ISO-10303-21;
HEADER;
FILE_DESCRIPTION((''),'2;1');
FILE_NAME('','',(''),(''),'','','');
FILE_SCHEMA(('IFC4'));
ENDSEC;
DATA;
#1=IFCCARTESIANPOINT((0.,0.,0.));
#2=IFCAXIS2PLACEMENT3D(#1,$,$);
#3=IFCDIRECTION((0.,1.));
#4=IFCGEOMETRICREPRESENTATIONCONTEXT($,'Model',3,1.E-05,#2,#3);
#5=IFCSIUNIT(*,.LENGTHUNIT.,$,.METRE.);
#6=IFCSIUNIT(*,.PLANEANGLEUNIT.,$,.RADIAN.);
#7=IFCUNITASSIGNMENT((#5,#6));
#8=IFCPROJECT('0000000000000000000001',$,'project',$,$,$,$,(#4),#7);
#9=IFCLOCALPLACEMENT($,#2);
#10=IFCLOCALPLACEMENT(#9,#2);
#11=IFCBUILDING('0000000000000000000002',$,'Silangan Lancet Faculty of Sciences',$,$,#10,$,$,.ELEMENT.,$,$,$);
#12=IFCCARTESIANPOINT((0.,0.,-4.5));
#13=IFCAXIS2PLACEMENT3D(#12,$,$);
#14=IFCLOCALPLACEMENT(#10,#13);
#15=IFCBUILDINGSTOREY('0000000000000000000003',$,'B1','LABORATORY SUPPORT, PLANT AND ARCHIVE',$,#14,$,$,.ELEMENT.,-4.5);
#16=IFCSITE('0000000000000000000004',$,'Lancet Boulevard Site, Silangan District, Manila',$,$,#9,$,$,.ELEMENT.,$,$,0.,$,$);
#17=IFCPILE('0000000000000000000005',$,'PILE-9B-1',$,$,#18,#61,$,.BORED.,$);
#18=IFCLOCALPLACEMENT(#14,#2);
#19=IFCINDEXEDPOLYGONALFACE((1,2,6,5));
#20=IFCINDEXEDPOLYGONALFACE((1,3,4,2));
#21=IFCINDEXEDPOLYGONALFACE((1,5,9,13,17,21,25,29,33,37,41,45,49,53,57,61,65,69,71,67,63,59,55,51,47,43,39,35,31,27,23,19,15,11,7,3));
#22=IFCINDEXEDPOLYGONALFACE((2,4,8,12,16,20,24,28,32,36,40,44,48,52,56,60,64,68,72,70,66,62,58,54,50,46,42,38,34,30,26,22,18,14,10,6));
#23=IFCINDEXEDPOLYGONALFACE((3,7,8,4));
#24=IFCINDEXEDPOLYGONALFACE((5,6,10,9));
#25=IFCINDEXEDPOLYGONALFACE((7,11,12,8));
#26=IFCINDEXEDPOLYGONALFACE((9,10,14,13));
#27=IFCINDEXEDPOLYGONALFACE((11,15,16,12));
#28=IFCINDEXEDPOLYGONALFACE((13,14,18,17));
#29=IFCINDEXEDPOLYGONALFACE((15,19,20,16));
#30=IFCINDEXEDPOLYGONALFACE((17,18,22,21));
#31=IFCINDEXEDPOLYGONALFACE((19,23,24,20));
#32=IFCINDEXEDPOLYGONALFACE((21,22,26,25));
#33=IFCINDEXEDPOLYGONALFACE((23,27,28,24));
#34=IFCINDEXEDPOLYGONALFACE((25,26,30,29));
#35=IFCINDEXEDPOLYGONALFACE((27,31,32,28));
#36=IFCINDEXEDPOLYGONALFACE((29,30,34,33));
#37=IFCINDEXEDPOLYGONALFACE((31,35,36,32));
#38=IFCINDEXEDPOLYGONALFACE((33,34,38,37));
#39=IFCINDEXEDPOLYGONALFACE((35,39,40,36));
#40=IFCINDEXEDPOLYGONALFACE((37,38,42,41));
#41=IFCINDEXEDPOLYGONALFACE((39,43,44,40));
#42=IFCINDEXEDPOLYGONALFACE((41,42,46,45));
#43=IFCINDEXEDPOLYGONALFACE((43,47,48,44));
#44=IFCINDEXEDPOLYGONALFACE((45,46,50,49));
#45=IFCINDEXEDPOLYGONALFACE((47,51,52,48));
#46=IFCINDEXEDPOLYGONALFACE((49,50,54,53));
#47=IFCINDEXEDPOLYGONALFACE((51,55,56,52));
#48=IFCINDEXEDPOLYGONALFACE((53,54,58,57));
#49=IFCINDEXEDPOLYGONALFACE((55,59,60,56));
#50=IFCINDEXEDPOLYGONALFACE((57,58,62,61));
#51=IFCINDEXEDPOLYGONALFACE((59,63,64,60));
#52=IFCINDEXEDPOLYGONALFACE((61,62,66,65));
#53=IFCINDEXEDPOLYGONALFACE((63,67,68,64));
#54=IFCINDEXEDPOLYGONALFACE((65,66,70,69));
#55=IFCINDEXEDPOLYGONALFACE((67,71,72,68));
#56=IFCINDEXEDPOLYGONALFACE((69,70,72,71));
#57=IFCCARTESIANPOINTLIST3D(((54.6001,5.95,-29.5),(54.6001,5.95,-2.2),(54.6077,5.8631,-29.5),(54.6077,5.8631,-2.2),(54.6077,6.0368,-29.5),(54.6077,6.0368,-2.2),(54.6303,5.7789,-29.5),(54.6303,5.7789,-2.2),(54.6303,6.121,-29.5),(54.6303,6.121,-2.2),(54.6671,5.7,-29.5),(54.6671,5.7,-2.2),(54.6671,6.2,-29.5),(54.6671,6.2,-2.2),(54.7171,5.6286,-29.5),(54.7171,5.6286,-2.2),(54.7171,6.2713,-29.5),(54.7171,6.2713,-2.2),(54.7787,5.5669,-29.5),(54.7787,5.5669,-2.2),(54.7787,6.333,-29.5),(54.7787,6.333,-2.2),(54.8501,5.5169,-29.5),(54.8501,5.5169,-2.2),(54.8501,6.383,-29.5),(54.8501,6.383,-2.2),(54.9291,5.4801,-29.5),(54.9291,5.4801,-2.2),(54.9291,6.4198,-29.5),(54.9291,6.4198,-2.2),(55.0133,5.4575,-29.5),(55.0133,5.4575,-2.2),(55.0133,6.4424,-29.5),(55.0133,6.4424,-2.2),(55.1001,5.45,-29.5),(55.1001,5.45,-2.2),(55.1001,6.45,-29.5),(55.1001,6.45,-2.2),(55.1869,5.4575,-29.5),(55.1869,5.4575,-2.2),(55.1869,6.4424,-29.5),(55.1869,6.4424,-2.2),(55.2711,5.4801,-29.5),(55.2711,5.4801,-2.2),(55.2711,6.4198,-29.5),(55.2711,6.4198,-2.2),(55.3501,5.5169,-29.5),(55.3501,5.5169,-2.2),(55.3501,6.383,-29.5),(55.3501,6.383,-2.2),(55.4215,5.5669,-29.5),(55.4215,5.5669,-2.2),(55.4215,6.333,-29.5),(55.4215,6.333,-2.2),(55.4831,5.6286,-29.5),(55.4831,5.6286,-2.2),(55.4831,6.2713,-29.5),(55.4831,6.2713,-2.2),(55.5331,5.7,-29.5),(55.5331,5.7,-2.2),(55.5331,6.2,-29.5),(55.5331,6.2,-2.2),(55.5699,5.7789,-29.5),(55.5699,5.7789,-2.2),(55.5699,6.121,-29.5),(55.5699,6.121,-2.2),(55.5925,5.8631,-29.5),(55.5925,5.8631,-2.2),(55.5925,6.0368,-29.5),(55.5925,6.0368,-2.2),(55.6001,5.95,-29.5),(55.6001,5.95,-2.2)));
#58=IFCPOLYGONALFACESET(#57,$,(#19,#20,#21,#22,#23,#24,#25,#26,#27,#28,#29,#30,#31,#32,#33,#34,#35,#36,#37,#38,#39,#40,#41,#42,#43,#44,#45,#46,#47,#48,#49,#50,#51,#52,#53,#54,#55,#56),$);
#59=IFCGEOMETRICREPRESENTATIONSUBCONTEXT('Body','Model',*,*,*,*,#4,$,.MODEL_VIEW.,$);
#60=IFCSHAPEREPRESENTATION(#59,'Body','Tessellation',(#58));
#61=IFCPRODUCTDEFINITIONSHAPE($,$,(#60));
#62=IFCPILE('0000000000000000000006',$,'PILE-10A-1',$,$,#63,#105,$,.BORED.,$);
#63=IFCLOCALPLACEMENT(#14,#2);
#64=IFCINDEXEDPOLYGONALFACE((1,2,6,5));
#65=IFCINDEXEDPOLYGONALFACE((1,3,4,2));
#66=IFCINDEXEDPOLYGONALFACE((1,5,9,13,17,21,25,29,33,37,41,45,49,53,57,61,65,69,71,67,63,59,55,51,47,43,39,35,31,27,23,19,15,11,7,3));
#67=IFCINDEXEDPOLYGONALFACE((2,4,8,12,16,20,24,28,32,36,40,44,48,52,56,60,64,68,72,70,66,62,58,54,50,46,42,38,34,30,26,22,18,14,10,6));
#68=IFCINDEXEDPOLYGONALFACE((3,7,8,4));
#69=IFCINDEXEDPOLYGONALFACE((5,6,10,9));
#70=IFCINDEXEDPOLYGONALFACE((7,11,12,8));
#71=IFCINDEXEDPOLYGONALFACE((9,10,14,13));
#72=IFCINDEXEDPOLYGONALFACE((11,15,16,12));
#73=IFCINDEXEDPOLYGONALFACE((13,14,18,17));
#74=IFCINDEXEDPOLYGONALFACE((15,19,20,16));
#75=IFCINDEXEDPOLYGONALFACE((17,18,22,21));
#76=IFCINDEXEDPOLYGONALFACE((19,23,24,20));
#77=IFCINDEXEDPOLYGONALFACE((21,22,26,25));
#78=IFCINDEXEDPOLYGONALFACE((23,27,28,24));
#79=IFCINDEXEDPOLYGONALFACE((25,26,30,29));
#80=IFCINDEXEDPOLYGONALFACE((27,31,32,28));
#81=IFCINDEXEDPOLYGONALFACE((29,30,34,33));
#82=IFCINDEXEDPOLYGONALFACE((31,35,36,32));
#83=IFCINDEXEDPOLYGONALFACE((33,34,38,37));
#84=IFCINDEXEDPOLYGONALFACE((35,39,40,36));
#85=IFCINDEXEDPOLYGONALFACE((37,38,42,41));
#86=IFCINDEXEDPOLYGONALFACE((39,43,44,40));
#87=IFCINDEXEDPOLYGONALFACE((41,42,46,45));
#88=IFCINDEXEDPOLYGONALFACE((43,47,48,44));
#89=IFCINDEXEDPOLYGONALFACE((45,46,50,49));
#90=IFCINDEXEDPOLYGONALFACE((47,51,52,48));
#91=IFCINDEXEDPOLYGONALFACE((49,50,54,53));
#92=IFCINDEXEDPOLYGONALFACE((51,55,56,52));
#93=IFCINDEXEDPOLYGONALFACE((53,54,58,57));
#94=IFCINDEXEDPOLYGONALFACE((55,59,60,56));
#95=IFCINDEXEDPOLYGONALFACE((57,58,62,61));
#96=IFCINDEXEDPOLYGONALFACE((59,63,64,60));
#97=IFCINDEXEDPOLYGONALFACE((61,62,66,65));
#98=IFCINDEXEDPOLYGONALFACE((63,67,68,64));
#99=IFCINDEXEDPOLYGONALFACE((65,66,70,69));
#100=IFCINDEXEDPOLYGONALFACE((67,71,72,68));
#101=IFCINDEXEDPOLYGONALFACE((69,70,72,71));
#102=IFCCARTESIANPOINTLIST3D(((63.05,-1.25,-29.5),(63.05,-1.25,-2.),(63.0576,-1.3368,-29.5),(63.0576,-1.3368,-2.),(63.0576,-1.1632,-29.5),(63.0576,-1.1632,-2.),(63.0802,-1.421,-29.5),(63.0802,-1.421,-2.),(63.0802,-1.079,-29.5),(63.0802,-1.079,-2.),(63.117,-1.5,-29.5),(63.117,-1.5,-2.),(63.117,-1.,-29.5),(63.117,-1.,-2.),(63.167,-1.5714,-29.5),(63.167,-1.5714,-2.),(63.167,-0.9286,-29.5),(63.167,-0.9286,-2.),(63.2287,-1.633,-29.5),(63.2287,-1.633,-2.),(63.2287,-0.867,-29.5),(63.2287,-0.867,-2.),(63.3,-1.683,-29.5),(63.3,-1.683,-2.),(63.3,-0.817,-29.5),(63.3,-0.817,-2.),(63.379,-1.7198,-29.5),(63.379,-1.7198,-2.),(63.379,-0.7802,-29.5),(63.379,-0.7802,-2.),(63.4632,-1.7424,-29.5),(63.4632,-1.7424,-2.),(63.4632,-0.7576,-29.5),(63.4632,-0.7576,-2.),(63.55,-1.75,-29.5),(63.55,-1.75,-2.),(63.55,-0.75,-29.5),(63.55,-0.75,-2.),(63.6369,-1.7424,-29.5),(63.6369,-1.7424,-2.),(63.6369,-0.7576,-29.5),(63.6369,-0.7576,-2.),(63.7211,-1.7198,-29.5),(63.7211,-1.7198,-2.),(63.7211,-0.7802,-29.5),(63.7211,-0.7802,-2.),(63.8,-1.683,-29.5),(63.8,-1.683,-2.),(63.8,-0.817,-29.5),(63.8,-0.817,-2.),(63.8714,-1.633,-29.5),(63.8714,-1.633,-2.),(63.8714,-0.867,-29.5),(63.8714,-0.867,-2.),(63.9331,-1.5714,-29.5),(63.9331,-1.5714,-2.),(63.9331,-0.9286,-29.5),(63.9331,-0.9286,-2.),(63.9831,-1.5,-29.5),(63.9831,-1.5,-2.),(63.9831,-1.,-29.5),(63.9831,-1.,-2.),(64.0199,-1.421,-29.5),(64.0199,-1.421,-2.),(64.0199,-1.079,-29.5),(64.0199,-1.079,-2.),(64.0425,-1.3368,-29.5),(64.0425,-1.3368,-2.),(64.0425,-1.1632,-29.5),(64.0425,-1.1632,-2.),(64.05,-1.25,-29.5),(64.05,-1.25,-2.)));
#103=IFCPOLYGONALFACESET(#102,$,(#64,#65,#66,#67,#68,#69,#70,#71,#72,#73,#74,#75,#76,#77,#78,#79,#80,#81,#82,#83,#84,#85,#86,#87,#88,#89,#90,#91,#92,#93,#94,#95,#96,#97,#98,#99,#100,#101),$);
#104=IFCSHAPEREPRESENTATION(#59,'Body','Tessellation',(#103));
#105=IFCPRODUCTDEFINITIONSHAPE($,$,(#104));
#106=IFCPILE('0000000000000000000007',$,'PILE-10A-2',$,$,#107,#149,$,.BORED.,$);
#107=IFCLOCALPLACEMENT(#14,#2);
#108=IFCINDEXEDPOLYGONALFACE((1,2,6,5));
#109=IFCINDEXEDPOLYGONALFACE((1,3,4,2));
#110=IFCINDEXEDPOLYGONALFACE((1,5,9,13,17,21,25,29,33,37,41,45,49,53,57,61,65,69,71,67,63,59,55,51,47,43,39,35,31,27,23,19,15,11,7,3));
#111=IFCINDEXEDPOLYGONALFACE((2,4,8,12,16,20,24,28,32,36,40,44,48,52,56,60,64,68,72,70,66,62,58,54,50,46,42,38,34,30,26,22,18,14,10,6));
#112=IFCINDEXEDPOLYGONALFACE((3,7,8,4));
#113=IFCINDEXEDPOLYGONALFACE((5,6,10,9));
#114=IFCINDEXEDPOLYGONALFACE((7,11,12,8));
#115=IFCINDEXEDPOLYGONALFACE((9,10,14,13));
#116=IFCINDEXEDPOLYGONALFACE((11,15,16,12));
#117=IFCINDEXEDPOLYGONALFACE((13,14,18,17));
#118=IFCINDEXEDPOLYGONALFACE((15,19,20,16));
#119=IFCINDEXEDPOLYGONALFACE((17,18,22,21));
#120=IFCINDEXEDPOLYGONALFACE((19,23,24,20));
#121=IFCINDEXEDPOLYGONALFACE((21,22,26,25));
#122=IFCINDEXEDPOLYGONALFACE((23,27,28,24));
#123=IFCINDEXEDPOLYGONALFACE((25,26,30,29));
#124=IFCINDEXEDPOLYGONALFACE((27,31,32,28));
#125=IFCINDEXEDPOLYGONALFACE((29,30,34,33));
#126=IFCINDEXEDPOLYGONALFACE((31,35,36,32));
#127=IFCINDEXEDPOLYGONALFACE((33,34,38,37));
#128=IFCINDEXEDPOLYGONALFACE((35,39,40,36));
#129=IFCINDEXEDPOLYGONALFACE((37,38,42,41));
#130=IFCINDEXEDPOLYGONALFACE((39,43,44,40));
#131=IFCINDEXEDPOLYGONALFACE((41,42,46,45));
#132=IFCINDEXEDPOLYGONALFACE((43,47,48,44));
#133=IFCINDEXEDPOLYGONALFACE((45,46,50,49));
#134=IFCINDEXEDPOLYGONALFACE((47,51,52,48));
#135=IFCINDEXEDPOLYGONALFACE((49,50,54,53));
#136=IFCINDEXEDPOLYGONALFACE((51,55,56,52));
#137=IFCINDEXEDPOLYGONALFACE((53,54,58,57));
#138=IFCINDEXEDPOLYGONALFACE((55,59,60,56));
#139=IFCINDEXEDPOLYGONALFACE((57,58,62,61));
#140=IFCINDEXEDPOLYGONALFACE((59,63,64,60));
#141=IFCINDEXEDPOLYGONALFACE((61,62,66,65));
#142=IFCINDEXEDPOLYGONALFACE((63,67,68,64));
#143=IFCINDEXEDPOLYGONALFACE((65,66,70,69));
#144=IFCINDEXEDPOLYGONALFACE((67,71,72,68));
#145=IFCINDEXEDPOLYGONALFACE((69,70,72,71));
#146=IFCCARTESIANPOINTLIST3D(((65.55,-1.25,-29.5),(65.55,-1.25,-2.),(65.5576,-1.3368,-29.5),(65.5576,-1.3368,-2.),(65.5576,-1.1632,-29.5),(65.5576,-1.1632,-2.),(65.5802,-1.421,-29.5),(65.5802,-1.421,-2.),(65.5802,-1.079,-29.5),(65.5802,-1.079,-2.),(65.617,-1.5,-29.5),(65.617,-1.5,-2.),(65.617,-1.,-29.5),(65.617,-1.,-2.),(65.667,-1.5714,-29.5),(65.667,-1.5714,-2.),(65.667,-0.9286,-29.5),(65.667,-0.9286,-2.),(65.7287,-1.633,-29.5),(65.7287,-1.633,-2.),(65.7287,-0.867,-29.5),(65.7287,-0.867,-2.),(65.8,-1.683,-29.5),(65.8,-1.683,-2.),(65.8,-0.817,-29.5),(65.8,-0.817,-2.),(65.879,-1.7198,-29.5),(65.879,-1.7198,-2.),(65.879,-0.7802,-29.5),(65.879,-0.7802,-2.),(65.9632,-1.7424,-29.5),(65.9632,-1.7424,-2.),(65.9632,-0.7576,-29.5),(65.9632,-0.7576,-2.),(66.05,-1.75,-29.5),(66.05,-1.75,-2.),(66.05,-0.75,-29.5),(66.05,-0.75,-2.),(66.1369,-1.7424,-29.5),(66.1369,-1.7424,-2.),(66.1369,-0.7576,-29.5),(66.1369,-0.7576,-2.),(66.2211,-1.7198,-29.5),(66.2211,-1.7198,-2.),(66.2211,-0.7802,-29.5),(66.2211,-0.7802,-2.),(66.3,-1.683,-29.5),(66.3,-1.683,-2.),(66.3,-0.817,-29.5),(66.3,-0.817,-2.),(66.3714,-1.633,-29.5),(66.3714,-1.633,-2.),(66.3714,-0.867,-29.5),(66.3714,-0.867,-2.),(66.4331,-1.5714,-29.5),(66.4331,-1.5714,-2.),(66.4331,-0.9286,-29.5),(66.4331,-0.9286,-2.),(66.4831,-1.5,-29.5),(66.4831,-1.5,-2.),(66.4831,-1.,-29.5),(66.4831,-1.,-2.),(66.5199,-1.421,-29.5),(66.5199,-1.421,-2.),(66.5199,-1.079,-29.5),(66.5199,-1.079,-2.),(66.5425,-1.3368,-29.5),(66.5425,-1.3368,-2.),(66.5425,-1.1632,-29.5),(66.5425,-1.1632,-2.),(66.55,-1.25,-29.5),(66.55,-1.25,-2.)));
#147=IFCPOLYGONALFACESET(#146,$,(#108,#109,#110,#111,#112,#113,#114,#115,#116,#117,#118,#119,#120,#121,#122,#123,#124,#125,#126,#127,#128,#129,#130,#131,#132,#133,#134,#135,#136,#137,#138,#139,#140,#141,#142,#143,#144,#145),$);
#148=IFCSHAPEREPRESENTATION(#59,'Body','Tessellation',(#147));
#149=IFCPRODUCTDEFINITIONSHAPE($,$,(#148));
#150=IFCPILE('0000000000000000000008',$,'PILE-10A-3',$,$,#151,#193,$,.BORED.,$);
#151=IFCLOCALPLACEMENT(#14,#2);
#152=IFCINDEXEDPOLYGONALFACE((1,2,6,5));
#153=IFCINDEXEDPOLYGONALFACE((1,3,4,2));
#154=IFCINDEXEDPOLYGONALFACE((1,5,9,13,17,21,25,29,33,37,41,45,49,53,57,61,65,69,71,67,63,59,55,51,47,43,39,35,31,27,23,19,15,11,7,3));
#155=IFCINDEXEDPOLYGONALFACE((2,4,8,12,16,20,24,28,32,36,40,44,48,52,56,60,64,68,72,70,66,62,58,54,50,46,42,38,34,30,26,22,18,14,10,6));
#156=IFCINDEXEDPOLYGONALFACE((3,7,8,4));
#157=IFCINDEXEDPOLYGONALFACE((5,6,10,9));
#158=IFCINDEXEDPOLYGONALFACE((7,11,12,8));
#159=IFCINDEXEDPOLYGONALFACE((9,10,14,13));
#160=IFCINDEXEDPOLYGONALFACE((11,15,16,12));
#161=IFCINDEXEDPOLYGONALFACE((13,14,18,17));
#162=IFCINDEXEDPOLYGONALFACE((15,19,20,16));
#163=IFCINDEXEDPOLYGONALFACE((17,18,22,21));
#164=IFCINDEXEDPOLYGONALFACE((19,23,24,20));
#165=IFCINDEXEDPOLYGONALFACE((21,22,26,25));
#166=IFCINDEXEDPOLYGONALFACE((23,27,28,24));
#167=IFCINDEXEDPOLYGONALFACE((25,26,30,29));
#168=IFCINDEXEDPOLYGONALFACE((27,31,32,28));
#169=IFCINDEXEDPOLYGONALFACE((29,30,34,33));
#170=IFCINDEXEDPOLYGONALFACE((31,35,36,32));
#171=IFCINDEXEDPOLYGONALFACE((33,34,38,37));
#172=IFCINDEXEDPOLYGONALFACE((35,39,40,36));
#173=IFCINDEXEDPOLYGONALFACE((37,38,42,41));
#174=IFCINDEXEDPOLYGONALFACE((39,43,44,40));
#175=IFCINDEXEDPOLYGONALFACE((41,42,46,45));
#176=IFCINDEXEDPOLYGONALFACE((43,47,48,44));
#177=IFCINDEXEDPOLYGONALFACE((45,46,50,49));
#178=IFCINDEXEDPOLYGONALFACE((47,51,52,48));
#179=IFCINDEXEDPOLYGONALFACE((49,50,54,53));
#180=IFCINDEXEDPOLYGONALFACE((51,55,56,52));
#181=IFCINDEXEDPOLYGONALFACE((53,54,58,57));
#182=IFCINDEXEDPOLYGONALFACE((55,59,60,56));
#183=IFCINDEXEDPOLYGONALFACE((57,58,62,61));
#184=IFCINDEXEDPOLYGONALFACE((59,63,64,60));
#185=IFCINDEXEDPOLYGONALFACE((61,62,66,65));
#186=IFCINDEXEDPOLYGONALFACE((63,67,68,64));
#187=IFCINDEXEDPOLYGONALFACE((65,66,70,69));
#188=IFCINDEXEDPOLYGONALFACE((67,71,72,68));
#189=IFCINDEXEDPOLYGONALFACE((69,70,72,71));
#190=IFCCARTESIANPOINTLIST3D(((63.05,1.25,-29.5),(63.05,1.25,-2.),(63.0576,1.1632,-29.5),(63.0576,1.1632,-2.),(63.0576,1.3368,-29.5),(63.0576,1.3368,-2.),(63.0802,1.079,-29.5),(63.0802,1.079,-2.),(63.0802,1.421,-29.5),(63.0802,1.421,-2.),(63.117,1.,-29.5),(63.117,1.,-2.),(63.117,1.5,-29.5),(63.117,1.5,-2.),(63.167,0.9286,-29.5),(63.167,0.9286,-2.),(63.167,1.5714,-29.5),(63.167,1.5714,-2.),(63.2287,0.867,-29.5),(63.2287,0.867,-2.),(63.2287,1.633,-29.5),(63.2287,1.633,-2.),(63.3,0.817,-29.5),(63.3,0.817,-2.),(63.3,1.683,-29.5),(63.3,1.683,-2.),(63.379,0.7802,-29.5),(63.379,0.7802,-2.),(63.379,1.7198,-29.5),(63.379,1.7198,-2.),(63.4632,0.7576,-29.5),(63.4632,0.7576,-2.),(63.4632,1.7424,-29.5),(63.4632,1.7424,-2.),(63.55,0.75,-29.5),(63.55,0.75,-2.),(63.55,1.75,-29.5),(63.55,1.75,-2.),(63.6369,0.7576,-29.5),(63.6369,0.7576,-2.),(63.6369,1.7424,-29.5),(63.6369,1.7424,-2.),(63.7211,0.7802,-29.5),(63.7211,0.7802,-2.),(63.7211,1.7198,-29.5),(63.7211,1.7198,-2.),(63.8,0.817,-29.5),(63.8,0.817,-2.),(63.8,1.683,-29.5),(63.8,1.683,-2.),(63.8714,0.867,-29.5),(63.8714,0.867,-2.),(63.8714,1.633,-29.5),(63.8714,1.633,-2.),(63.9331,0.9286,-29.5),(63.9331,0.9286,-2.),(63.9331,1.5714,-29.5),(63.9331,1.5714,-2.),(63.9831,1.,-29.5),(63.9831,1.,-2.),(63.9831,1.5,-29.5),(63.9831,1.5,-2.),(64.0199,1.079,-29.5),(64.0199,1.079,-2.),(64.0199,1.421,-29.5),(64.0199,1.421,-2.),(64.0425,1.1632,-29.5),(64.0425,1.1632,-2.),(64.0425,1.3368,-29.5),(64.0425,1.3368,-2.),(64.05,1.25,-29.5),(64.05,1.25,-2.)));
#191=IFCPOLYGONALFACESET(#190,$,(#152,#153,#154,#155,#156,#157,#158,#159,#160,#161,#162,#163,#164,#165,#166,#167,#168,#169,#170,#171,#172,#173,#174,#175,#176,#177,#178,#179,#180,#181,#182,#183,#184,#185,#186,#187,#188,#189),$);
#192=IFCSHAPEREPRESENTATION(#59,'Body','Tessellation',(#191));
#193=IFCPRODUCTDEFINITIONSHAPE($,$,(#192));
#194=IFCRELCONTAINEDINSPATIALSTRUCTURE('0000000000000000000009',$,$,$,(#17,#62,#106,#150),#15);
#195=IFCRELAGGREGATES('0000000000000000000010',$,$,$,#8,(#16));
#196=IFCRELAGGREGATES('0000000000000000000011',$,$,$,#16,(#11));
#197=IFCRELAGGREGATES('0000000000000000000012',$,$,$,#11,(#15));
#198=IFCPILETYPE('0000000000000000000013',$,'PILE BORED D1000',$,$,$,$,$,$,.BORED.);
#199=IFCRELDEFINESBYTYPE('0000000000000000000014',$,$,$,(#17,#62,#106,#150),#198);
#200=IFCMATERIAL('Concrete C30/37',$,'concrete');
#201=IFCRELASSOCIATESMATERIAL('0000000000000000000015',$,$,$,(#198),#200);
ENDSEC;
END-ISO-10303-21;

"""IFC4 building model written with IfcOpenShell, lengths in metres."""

from ifc_helpers import new_model, si_unit, direction, frame, origin, origin_2d, place, context, subcontext, project, spatial, circle, extrude, material, material_profile, profile_set, type_object, element, save


model = new_model("IFC4")

# Units and contexts
model_context = context("Model", 3, precision=1e-05, world=origin(), true_north=direction((0.0, 1.0)))
body_context = subcontext(model_context, "Body", "Model", "MODEL_VIEW")
ifc_project = project(units=[si_unit("LENGTHUNIT", "METRE"), si_unit("PLANEANGLEUNIT", "RADIAN")], contexts=[model_context])

# Site, building, storey
site_placement = place(None, origin())
site = spatial("IfcSite", under=ifc_project, at=site_placement, Name="Lancet Boulevard Site, Silangan District, Manila", CompositionType="ELEMENT", RefElevation=0.0)
building_placement = place(site_placement, origin())
building = spatial("IfcBuilding", under=site, at=building_placement, Name="Silangan Lancet Faculty of Sciences", CompositionType="ELEMENT")
storey_placement = place(building_placement, frame((0.0, 0.0, -4.5)))
storey = spatial("IfcBuildingStorey", under=building, at=storey_placement, Name="B1", Description="LABORATORY SUPPORT, PLANT AND ARCHIVE", CompositionType="ELEMENT", Elevation=-4.5)

# Piles
ifc_material_1 = material(Name="Concrete C30/37", Category="concrete")
ifc_material_profile_1 = material_profile(ifc_material_1, circle(Radius=0.5, at=origin_2d()), Name="BORED PILE D1000")
ifc_profile_set_1 = profile_set([ifc_material_profile_1], Name="Concrete C30/37")
pile_type = type_object("IfcPileType", Name="PILE BORED D1000", PredefinedType="BORED", material=ifc_profile_set_1)
pile_placement = place(storey_placement, frame((55.1001, 5.95, -2.2), z_axis=(0.0, 0.0, -1.0), x_axis=(1.0, 0.0, 0.0)))
element("IfcPile", 1, at=pile_placement, inside=storey, type_object=pile_type, Name="PILE-9B-1", PredefinedType="BORED", context=body_context, shape_type="SweptSolid", body=[
    extrude(circle(Radius=0.5, at=origin_2d()), origin(), (0.0, 0.0, 1.0), 27.3),
])
for number, where, z_axis, x_axis, name in (
    (2, (63.55, -1.25, -2.0), (0.0, 0.0, -1.0), (1.0, 0.0, 0.0), "PILE-10A-1"),
    (3, (66.05, -1.25, -2.0), (0.0, 0.0, -1.0), (1.0, 0.0, 0.0), "PILE-10A-2"),
    (4, (63.55, 1.25, -2.0), (0.0, 0.0, -1.0), (1.0, 0.0, 0.0), "PILE-10A-3"),
):
    element("IfcPile", number, at=place(storey_placement, frame(where, z_axis=z_axis, x_axis=x_axis)), inside=storey, type_object=pile_type, Name=name, PredefinedType="BORED", context=body_context, shape_type="SweptSolid", body=[
        extrude(circle(Radius=0.5, at=origin_2d()), origin(), (0.0, 0.0, 1.0), 27.5),
    ])

save(model, "model.ifc")
